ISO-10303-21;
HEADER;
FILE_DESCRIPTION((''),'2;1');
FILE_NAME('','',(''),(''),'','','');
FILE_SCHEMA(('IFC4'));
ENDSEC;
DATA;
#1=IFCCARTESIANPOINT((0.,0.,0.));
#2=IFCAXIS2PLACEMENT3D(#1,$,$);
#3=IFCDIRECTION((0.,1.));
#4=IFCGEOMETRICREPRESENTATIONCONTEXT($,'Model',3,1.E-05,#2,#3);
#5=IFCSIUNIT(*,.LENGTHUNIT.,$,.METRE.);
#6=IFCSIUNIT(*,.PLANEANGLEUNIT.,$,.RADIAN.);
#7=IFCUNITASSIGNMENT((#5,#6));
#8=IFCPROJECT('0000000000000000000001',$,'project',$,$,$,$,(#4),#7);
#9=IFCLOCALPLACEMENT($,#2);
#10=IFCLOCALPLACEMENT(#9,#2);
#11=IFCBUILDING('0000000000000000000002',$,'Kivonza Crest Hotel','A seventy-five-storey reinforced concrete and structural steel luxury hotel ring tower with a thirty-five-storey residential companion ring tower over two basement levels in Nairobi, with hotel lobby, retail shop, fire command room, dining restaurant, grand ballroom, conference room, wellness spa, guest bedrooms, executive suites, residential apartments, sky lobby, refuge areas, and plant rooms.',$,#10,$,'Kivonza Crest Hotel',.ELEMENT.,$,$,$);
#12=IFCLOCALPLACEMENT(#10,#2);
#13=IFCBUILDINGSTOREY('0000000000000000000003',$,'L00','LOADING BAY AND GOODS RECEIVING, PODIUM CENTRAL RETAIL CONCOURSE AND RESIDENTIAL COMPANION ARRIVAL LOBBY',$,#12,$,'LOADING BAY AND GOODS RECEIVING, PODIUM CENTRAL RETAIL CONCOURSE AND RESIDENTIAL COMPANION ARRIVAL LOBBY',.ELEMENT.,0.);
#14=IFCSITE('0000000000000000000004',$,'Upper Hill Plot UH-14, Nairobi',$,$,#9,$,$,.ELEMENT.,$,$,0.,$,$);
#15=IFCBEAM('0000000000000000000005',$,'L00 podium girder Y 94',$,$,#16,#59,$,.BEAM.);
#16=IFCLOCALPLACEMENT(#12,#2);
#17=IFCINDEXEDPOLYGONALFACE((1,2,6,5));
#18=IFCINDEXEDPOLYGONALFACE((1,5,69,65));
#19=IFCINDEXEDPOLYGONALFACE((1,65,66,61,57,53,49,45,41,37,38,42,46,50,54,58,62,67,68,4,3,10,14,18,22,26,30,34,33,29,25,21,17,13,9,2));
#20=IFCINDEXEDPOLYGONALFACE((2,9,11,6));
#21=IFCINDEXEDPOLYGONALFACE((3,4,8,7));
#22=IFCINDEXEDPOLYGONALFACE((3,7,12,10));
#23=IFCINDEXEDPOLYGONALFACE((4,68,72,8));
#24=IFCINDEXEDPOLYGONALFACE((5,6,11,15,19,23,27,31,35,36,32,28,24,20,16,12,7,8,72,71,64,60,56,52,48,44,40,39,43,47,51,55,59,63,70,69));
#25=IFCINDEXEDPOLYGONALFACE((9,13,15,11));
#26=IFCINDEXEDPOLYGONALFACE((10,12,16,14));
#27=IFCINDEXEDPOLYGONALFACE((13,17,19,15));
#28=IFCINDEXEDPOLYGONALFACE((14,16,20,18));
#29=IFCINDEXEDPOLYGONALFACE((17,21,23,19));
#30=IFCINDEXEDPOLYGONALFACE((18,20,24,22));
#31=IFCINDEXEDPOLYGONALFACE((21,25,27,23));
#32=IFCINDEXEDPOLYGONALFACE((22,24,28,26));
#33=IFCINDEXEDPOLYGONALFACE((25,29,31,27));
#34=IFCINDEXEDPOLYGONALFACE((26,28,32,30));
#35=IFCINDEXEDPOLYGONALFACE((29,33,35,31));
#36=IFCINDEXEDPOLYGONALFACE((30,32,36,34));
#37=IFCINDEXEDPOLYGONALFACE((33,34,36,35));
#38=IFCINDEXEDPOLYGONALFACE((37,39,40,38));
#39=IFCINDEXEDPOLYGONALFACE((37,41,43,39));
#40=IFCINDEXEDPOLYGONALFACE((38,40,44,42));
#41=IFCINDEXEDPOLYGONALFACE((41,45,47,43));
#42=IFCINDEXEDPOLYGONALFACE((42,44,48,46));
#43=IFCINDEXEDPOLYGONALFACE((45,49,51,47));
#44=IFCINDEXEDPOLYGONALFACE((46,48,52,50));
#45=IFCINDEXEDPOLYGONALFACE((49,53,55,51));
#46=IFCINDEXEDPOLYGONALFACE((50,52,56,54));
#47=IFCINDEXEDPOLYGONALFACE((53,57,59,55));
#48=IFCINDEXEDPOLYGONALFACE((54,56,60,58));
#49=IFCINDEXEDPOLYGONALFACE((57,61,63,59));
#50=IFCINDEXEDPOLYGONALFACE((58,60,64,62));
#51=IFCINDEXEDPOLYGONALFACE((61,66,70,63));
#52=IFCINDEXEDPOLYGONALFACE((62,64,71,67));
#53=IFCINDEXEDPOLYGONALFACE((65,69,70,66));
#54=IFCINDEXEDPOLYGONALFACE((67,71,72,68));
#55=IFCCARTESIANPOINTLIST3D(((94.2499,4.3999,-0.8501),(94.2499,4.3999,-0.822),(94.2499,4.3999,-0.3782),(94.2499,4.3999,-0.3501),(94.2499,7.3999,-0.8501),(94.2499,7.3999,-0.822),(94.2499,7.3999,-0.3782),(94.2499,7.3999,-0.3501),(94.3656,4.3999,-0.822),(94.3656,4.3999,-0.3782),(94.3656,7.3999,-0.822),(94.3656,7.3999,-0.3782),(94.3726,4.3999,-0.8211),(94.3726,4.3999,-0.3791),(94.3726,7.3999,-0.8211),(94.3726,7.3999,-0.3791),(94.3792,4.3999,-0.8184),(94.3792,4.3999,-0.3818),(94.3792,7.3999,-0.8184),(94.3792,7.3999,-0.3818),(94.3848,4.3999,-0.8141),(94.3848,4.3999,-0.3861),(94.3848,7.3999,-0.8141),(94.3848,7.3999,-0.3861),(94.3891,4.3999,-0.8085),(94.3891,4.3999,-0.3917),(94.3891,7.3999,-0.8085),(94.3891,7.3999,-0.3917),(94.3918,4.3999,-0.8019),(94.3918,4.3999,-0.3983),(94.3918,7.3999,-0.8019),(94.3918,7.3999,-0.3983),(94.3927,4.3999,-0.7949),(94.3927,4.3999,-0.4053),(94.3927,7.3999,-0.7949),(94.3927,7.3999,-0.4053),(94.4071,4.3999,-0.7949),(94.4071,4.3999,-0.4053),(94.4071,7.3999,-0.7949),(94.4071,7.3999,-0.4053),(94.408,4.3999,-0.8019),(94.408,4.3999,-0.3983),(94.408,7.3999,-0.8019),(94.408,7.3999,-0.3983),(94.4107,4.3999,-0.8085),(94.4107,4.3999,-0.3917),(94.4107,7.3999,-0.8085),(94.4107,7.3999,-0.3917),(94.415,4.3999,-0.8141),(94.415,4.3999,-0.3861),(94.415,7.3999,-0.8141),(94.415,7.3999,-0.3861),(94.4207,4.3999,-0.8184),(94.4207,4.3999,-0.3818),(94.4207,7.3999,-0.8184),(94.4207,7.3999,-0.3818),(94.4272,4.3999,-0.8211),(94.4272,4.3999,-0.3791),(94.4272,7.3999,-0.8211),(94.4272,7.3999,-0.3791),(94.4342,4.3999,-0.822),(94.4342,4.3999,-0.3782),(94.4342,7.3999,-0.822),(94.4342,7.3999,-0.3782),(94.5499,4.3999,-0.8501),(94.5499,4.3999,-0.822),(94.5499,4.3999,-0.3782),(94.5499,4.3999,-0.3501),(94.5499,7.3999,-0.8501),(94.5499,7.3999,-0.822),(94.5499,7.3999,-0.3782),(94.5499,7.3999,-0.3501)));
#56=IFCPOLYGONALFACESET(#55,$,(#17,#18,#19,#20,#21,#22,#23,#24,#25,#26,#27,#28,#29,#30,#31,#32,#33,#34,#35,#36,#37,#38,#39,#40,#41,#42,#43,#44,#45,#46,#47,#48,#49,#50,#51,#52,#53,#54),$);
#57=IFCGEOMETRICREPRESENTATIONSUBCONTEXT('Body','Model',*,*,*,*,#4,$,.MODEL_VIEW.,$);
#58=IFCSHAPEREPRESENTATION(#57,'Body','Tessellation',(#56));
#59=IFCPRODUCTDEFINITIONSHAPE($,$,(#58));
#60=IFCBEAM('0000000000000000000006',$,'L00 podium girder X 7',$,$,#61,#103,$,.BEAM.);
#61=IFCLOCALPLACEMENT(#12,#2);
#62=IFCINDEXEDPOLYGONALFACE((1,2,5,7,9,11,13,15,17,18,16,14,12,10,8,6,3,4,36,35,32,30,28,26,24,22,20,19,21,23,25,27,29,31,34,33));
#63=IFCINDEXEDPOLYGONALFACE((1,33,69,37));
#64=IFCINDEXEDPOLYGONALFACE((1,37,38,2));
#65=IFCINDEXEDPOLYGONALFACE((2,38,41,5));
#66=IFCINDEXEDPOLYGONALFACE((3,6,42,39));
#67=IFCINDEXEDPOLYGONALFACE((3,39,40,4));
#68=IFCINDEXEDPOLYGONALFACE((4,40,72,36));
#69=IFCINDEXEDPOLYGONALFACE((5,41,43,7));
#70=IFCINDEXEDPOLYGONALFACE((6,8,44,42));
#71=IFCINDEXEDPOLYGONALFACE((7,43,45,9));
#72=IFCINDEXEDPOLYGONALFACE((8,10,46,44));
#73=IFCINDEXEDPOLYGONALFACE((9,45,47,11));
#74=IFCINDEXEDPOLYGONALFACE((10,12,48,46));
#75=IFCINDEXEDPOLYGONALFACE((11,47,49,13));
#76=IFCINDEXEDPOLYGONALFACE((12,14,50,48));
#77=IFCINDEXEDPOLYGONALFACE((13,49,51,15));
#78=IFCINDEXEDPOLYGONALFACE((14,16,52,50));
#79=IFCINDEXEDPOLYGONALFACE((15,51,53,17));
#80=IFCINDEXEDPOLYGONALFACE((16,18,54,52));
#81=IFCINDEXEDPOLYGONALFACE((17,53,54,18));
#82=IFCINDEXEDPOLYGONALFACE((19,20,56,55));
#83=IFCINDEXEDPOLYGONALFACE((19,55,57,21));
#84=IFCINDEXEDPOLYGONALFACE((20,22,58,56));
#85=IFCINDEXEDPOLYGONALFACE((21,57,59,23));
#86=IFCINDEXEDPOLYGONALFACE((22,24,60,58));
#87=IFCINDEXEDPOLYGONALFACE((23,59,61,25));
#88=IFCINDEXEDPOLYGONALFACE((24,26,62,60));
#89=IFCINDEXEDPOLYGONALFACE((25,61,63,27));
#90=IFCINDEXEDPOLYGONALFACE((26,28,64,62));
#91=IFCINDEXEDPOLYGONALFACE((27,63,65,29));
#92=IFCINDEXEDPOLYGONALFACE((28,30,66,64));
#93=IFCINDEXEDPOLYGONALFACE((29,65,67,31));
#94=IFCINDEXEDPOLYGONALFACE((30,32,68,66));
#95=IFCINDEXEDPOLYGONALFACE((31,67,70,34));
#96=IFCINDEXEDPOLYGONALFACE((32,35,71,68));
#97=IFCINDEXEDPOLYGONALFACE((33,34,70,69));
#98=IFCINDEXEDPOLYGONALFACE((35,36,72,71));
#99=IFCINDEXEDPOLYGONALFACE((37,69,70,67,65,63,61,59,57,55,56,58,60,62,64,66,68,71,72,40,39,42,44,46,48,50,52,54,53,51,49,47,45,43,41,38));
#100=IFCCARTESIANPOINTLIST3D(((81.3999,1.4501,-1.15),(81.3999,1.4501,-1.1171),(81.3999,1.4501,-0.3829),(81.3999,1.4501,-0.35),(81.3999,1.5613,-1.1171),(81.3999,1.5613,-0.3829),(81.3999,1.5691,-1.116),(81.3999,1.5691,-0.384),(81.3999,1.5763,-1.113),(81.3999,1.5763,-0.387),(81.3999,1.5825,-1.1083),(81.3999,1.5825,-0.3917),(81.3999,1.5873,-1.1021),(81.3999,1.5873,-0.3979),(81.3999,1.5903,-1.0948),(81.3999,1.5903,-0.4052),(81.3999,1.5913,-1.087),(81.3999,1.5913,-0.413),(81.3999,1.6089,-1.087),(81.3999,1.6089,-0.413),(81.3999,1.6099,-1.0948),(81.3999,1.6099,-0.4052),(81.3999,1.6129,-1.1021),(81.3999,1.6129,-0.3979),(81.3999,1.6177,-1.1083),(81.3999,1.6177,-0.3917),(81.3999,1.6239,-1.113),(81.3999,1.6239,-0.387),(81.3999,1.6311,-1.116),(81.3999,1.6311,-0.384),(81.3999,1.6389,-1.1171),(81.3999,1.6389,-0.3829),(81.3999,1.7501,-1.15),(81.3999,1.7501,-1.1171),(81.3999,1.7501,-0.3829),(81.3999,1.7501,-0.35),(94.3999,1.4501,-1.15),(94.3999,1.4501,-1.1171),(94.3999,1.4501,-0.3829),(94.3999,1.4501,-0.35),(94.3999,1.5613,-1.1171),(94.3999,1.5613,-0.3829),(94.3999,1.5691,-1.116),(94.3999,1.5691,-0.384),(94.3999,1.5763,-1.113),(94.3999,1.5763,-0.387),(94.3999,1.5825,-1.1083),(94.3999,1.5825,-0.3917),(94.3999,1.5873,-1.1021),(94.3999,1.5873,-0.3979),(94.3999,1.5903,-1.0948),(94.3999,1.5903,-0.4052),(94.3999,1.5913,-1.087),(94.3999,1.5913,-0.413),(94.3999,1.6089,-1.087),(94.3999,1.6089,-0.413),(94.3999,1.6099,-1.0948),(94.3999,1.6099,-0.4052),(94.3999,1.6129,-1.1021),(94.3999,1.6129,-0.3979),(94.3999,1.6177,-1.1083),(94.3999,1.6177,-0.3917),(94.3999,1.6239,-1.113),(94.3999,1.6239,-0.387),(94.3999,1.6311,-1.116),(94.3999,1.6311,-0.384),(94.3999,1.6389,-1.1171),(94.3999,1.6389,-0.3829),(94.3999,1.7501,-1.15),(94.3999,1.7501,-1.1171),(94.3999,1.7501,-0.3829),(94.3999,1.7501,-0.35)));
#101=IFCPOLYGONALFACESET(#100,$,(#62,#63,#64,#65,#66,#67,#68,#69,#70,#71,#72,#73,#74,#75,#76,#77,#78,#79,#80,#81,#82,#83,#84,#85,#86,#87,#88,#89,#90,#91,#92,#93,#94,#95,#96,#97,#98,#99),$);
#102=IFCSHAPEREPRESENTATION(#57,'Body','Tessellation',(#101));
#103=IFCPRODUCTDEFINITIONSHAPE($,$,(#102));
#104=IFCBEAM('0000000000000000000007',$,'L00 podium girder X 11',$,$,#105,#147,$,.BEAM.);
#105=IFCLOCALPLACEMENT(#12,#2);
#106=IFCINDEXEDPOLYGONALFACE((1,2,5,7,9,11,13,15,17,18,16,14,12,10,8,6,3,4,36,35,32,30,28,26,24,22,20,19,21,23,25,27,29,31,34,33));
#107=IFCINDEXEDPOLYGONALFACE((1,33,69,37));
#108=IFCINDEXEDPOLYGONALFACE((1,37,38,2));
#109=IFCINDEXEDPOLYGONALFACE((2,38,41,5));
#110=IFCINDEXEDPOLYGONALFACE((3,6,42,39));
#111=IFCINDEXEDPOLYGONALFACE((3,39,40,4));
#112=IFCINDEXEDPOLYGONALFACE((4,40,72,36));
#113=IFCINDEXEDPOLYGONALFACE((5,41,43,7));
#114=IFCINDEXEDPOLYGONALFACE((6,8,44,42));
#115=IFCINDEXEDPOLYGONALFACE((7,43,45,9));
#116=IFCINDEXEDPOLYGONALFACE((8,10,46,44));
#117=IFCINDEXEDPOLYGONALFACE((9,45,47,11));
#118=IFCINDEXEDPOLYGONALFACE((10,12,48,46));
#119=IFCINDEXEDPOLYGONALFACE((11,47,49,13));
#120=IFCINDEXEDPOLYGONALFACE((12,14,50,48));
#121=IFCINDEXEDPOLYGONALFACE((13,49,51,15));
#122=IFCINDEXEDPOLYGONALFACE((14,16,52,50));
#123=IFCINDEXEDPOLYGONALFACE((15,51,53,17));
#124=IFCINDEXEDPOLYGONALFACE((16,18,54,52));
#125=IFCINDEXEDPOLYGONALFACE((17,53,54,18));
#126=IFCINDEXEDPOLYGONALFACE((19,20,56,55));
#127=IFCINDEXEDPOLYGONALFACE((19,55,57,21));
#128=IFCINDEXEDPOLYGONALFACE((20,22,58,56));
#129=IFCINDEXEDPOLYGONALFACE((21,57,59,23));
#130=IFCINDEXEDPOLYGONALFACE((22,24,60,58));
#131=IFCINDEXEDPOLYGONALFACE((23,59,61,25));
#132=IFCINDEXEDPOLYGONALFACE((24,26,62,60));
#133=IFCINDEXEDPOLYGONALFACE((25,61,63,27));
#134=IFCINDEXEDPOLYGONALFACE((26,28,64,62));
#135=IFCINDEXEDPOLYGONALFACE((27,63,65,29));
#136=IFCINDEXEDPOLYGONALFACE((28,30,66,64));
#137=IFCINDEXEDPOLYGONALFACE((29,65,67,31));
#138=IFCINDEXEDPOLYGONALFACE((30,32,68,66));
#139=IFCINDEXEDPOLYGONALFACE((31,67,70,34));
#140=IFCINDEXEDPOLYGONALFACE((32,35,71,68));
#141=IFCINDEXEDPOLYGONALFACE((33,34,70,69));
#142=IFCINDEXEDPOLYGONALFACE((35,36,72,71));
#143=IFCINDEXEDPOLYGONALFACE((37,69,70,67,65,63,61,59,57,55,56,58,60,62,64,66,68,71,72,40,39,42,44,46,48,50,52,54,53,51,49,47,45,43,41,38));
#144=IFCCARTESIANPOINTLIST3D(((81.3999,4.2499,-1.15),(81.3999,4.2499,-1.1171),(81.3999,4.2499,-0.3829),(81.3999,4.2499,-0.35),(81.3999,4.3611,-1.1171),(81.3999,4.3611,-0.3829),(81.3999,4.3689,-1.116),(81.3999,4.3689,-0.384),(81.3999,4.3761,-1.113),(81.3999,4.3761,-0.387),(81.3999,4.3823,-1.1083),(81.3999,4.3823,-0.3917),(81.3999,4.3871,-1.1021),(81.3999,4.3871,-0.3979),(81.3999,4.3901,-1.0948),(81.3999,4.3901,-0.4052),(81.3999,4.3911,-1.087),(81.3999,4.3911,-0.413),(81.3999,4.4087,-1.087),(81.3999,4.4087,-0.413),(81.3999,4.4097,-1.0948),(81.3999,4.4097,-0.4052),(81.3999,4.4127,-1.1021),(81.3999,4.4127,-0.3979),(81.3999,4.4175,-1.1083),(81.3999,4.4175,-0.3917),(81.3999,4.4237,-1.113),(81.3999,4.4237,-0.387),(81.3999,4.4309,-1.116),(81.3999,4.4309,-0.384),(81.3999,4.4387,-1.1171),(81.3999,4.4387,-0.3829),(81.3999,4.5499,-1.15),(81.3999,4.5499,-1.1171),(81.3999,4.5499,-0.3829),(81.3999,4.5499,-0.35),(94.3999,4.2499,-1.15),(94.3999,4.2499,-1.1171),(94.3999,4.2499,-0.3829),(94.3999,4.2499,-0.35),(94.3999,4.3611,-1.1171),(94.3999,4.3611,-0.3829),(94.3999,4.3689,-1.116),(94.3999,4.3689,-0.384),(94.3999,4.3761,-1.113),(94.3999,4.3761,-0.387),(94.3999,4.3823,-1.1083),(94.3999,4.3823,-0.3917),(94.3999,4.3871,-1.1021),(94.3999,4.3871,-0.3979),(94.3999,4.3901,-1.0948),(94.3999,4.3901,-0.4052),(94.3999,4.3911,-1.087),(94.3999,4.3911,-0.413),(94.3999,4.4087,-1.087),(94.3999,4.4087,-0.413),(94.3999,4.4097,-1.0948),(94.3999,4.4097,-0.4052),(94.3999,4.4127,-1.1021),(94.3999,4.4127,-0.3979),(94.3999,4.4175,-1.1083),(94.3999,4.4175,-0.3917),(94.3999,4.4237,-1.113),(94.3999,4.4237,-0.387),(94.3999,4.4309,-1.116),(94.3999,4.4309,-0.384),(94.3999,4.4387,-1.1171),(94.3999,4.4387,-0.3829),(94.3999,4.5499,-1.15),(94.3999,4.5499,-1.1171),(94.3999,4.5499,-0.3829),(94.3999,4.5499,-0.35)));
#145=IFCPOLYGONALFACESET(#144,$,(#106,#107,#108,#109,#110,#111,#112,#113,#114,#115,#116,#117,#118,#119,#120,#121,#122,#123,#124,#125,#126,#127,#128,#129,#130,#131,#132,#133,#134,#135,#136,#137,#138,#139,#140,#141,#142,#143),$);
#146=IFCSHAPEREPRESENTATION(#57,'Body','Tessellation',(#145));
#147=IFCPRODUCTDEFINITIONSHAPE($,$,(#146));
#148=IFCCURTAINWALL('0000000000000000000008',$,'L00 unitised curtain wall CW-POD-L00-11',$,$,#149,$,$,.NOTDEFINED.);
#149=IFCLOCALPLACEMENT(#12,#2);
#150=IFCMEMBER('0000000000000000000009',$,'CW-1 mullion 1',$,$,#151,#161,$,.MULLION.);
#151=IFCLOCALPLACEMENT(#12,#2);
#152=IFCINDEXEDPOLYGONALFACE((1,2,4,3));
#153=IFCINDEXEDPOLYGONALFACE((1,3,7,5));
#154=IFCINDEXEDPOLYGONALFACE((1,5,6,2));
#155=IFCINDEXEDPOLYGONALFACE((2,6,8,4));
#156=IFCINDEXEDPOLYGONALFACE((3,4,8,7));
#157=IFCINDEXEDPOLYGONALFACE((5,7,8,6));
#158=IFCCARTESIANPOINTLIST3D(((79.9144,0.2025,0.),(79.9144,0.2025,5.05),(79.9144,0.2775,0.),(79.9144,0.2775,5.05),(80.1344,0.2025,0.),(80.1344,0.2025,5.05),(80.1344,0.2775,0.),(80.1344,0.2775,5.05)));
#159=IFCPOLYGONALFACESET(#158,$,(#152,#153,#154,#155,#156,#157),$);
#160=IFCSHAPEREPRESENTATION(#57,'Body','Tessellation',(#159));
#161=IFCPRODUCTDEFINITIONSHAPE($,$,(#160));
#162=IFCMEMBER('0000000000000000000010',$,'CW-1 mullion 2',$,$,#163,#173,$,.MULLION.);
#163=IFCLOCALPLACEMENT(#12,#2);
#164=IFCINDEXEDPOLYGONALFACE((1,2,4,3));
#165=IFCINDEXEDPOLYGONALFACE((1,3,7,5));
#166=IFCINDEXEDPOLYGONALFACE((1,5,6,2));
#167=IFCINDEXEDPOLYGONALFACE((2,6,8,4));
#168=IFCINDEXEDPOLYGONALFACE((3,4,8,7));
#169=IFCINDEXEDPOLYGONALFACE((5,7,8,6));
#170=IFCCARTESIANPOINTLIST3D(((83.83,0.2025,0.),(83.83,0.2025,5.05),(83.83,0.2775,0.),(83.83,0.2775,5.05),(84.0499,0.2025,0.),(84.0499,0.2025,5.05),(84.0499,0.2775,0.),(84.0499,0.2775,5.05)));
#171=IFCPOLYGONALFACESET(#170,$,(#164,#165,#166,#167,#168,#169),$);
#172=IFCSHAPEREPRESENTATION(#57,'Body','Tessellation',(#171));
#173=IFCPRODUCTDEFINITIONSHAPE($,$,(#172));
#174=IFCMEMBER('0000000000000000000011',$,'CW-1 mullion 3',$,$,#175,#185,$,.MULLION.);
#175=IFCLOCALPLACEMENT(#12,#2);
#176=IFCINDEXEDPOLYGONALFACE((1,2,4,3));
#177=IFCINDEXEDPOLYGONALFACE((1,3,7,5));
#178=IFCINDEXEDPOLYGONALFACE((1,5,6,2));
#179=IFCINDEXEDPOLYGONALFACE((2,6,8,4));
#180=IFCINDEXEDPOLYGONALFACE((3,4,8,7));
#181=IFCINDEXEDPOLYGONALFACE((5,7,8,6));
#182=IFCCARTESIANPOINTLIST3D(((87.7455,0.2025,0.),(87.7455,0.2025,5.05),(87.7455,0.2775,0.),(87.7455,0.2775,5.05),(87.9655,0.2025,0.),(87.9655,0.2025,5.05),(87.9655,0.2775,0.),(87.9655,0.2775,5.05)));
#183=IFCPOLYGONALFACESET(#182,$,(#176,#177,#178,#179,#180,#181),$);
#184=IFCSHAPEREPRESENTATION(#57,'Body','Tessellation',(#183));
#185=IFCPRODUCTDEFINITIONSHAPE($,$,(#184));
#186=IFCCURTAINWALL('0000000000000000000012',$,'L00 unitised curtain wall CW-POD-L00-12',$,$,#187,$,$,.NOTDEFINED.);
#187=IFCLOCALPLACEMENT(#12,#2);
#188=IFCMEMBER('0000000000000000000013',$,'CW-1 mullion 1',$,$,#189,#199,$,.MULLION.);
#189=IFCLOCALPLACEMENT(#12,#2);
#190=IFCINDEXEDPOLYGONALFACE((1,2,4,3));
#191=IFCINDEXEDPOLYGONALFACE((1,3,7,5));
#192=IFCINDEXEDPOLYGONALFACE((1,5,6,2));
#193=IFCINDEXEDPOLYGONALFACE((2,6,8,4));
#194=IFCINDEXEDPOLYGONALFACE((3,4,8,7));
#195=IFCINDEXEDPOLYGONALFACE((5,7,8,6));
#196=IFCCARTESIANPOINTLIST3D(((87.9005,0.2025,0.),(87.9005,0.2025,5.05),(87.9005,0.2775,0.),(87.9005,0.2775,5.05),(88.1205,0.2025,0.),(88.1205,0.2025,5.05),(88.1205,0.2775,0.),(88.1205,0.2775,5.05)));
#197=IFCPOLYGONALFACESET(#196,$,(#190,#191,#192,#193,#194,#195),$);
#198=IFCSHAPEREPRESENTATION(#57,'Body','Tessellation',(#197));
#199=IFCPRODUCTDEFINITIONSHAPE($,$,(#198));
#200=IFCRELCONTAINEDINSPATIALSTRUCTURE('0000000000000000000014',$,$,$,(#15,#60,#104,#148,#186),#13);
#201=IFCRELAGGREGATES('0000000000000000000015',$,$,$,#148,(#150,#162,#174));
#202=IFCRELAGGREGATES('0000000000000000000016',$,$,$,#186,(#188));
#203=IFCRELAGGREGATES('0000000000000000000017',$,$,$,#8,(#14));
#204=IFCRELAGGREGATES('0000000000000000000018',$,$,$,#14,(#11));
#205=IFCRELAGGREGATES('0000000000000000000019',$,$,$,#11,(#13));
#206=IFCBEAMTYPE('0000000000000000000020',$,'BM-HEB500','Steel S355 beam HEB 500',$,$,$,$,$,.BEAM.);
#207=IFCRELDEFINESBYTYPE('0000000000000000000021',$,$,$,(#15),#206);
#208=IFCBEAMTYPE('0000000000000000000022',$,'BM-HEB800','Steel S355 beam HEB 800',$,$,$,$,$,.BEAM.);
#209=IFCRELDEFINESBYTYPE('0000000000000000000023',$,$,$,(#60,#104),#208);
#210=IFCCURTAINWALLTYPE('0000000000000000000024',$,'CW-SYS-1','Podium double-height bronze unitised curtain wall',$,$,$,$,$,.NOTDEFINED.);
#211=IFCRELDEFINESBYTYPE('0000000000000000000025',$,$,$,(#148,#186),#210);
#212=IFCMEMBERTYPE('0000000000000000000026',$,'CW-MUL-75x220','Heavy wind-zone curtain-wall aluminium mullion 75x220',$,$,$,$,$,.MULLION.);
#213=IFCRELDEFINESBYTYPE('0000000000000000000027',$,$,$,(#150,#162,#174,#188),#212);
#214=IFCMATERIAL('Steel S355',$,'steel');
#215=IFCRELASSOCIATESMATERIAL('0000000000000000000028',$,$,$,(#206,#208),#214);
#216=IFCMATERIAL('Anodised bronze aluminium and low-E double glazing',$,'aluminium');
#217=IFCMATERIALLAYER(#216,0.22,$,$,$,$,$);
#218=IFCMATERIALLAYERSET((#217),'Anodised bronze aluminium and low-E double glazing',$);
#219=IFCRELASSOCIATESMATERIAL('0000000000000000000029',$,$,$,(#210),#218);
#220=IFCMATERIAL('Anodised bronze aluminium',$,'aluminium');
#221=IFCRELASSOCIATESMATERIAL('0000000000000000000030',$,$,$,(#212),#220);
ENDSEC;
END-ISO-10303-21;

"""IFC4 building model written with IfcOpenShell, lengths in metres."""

from ifc_helpers import new_model, si_unit, direction, frame, origin, origin_2d, place, context, subcontext, project, spatial, rectangle, i_section, extrude, material, layer, layer_set, material_profile, profile_set, type_object, element, aggregate, save


model = new_model("IFC4")

# Units and contexts
model_context = context("Model", 3, precision=1e-05, world=origin(), true_north=direction((0.0, 1.0)))
body_context = subcontext(model_context, "Body", "Model", "MODEL_VIEW")
ifc_project = project(units=[si_unit("LENGTHUNIT", "METRE"), si_unit("PLANEANGLEUNIT", "RADIAN")], contexts=[model_context])

# Site, building, storey
site_placement = place(None, origin())
site = spatial("IfcSite", under=ifc_project, at=site_placement, Name="Upper Hill Plot UH-14, Nairobi", CompositionType="ELEMENT", RefElevation=0.0)
building_placement = place(site_placement, origin())
building = spatial("IfcBuilding", under=site, at=building_placement, Name="Kivonza Crest Hotel", Description="A seventy-five-storey reinforced concrete and structural steel luxury hotel ring tower with a thirty-five-storey residential companion ring tower over two basement levels in Nairobi, with hotel lobby, retail shop, fire command room, dining restaurant, grand ballroom, conference room, wellness spa, guest bedrooms, executive suites, residential apartments, sky lobby, refuge areas, and plant rooms.", LongName="Kivonza Crest Hotel", CompositionType="ELEMENT")
storey_placement = place(building_placement, origin())
storey = spatial("IfcBuildingStorey", under=building, at=storey_placement, Name="L00", Description="LOADING BAY AND GOODS RECEIVING, PODIUM CENTRAL RETAIL CONCOURSE AND RESIDENTIAL COMPANION ARRIVAL LOBBY", LongName="LOADING BAY AND GOODS RECEIVING, PODIUM CENTRAL RETAIL CONCOURSE AND RESIDENTIAL COMPANION ARRIVAL LOBBY", CompositionType="ELEMENT", Elevation=0.0)

# Beams
ifc_material_1 = material(Name="Steel S355", Category="steel")
ifc_material_profile_1 = material_profile(ifc_material_1, i_section(OverallWidth=0.3, OverallDepth=0.5, WebThickness=0.0144, FlangeThickness=0.0281, FilletRadius=0.0271, at=origin_2d()), Name="HEB 500")
ifc_profile_set_1 = profile_set([ifc_material_profile_1], Name="Steel S355")
beam_type_1 = type_object("IfcBeamType", Name="BM-HEB500", Description="Steel S355 beam HEB 500", PredefinedType="BEAM", material=ifc_profile_set_1)
beam_1_placement = place(storey_placement, frame((94.3999, 4.3999, -0.6001), z_axis=(0.0, 1.0, 0.0), x_axis=(-1.0, 0.0, 0.0)))
element("IfcBeam", 1, at=beam_1_placement, inside=storey, type_object=beam_type_1, Name="L00 podium girder Y 94", PredefinedType="BEAM", context=body_context, shape_type="SweptSolid", body=[
    extrude(i_section(OverallWidth=0.3, OverallDepth=0.5, WebThickness=0.0144, FlangeThickness=0.0281, FilletRadius=0.0271, at=origin_2d()), origin(), (0.0, 0.0, 1.0), 3.0),
])
ifc_material_profile_2 = material_profile(ifc_material_1, i_section(OverallWidth=0.3, OverallDepth=0.8, WebThickness=0.0176, FlangeThickness=0.033, FilletRadius=0.03, at=origin_2d()), Name="HEB 800")
ifc_profile_set_2 = profile_set([ifc_material_profile_2], Name="Steel S355")
beam_type_2 = type_object("IfcBeamType", Name="BM-HEB800", Description="Steel S355 beam HEB 800", PredefinedType="BEAM", material=ifc_profile_set_2)
for number, where, z_axis, x_axis, name in (
    (2, (81.3999, 1.6001, -0.75), (1.0, 0.0, 0.0), (0.0, 1.0, 0.0), "L00 podium girder X 7"),
    (3, (81.3999, 4.3999, -0.75), (1.0, 0.0, 0.0), (0.0, 1.0, 0.0), "L00 podium girder X 11"),
):
    element("IfcBeam", number, at=place(storey_placement, frame(where, z_axis=z_axis, x_axis=x_axis)), inside=storey, type_object=beam_type_2, Name=name, PredefinedType="BEAM", context=body_context, shape_type="SweptSolid", body=[
        extrude(i_section(OverallWidth=0.3, OverallDepth=0.8, WebThickness=0.0176, FlangeThickness=0.033, FilletRadius=0.03, at=origin_2d()), origin(), (0.0, 0.0, 1.0), 13.0),
    ])

# Curtain walls, members
ifc_material_2 = material(Name="Anodised bronze aluminium and low-E double glazing", Category="aluminium")
ifc_layer_1 = layer(ifc_material_2, 0.22)
ifc_layer_set_1 = layer_set([ifc_layer_1], Name="Anodised bronze aluminium and low-E double glazing")
curtain_wall_type = type_object("IfcCurtainWallType", Name="CW-SYS-1", Description="Podium double-height bronze unitised curtain wall", PredefinedType="NOTDEFINED", material=ifc_layer_set_1)
curtain_wall_1_placement = place(storey_placement, origin())
curtain_wall_1 = element("IfcCurtainWall", 4, at=curtain_wall_1_placement, inside=storey, type_object=curtain_wall_type, Name="L00 unitised curtain wall CW-POD-L00-11", PredefinedType="NOTDEFINED")
ifc_material_3 = material(Name="Anodised bronze aluminium", Category="aluminium")
ifc_material_profile_3 = material_profile(ifc_material_3, rectangle(XDim=0.075, YDim=0.22, at=origin_2d()), Name="CW-M 75x220")
ifc_profile_set_3 = profile_set([ifc_material_profile_3], Name="Anodised bronze aluminium")
member_type_1 = type_object("IfcMemberType", Name="CW-MUL-75x220", Description="Heavy wind-zone curtain-wall aluminium mullion 75x220", PredefinedType="MULLION", material=ifc_profile_set_3)
member_1_placement = place(storey_placement, frame((80.0244, 0.24, 0.0), z_axis=(0.0, 0.0, 1.0), x_axis=(0.0, 1.0, 0.0)))
member_1 = element("IfcMember", 5, at=member_1_placement, type_object=member_type_1, Name="CW-1 mullion 1", PredefinedType="MULLION", context=body_context, shape_type="SweptSolid", body=[
    extrude(rectangle(XDim=0.075, YDim=0.22, at=origin_2d()), origin(), (0.0, 0.0, 1.0), 5.05),
])
member_2_placement = place(storey_placement, frame((83.9399, 0.24, 0.0), z_axis=(0.0, 0.0, 1.0), x_axis=(0.0, 1.0, 0.0)))
member_2 = element("IfcMember", 6, at=member_2_placement, type_object=member_type_1, Name="CW-1 mullion 2", PredefinedType="MULLION", context=body_context, shape_type="SweptSolid", body=[
    extrude(rectangle(XDim=0.075, YDim=0.22, at=origin_2d()), origin(), (0.0, 0.0, 1.0), 5.05),
])
member_3_placement = place(storey_placement, frame((87.8555, 0.24, 0.0), z_axis=(0.0, 0.0, 1.0), x_axis=(0.0, 1.0, 0.0)))
member_3 = element("IfcMember", 7, at=member_3_placement, type_object=member_type_1, Name="CW-1 mullion 3", PredefinedType="MULLION", context=body_context, shape_type="SweptSolid", body=[
    extrude(rectangle(XDim=0.075, YDim=0.22, at=origin_2d()), origin(), (0.0, 0.0, 1.0), 5.05),
])
curtain_wall_2_placement = place(storey_placement, origin())
curtain_wall_2 = element("IfcCurtainWall", 8, at=curtain_wall_2_placement, inside=storey, type_object=curtain_wall_type, Name="L00 unitised curtain wall CW-POD-L00-12", PredefinedType="NOTDEFINED")
member_4_placement = place(storey_placement, frame((88.0105, 0.24, 0.0), z_axis=(0.0, 0.0, 1.0), x_axis=(0.0, 1.0, 0.0)))
member_4 = element("IfcMember", 9, at=member_4_placement, type_object=member_type_1, Name="CW-1 mullion 1", PredefinedType="MULLION", context=body_context, shape_type="SweptSolid", body=[
    extrude(rectangle(XDim=0.075, YDim=0.22, at=origin_2d()), origin(), (0.0, 0.0, 1.0), 5.05),
])

aggregate(curtain_wall_1, [member_1, member_2, member_3])
aggregate(curtain_wall_2, [member_4])

save(model, "model.ifc")
